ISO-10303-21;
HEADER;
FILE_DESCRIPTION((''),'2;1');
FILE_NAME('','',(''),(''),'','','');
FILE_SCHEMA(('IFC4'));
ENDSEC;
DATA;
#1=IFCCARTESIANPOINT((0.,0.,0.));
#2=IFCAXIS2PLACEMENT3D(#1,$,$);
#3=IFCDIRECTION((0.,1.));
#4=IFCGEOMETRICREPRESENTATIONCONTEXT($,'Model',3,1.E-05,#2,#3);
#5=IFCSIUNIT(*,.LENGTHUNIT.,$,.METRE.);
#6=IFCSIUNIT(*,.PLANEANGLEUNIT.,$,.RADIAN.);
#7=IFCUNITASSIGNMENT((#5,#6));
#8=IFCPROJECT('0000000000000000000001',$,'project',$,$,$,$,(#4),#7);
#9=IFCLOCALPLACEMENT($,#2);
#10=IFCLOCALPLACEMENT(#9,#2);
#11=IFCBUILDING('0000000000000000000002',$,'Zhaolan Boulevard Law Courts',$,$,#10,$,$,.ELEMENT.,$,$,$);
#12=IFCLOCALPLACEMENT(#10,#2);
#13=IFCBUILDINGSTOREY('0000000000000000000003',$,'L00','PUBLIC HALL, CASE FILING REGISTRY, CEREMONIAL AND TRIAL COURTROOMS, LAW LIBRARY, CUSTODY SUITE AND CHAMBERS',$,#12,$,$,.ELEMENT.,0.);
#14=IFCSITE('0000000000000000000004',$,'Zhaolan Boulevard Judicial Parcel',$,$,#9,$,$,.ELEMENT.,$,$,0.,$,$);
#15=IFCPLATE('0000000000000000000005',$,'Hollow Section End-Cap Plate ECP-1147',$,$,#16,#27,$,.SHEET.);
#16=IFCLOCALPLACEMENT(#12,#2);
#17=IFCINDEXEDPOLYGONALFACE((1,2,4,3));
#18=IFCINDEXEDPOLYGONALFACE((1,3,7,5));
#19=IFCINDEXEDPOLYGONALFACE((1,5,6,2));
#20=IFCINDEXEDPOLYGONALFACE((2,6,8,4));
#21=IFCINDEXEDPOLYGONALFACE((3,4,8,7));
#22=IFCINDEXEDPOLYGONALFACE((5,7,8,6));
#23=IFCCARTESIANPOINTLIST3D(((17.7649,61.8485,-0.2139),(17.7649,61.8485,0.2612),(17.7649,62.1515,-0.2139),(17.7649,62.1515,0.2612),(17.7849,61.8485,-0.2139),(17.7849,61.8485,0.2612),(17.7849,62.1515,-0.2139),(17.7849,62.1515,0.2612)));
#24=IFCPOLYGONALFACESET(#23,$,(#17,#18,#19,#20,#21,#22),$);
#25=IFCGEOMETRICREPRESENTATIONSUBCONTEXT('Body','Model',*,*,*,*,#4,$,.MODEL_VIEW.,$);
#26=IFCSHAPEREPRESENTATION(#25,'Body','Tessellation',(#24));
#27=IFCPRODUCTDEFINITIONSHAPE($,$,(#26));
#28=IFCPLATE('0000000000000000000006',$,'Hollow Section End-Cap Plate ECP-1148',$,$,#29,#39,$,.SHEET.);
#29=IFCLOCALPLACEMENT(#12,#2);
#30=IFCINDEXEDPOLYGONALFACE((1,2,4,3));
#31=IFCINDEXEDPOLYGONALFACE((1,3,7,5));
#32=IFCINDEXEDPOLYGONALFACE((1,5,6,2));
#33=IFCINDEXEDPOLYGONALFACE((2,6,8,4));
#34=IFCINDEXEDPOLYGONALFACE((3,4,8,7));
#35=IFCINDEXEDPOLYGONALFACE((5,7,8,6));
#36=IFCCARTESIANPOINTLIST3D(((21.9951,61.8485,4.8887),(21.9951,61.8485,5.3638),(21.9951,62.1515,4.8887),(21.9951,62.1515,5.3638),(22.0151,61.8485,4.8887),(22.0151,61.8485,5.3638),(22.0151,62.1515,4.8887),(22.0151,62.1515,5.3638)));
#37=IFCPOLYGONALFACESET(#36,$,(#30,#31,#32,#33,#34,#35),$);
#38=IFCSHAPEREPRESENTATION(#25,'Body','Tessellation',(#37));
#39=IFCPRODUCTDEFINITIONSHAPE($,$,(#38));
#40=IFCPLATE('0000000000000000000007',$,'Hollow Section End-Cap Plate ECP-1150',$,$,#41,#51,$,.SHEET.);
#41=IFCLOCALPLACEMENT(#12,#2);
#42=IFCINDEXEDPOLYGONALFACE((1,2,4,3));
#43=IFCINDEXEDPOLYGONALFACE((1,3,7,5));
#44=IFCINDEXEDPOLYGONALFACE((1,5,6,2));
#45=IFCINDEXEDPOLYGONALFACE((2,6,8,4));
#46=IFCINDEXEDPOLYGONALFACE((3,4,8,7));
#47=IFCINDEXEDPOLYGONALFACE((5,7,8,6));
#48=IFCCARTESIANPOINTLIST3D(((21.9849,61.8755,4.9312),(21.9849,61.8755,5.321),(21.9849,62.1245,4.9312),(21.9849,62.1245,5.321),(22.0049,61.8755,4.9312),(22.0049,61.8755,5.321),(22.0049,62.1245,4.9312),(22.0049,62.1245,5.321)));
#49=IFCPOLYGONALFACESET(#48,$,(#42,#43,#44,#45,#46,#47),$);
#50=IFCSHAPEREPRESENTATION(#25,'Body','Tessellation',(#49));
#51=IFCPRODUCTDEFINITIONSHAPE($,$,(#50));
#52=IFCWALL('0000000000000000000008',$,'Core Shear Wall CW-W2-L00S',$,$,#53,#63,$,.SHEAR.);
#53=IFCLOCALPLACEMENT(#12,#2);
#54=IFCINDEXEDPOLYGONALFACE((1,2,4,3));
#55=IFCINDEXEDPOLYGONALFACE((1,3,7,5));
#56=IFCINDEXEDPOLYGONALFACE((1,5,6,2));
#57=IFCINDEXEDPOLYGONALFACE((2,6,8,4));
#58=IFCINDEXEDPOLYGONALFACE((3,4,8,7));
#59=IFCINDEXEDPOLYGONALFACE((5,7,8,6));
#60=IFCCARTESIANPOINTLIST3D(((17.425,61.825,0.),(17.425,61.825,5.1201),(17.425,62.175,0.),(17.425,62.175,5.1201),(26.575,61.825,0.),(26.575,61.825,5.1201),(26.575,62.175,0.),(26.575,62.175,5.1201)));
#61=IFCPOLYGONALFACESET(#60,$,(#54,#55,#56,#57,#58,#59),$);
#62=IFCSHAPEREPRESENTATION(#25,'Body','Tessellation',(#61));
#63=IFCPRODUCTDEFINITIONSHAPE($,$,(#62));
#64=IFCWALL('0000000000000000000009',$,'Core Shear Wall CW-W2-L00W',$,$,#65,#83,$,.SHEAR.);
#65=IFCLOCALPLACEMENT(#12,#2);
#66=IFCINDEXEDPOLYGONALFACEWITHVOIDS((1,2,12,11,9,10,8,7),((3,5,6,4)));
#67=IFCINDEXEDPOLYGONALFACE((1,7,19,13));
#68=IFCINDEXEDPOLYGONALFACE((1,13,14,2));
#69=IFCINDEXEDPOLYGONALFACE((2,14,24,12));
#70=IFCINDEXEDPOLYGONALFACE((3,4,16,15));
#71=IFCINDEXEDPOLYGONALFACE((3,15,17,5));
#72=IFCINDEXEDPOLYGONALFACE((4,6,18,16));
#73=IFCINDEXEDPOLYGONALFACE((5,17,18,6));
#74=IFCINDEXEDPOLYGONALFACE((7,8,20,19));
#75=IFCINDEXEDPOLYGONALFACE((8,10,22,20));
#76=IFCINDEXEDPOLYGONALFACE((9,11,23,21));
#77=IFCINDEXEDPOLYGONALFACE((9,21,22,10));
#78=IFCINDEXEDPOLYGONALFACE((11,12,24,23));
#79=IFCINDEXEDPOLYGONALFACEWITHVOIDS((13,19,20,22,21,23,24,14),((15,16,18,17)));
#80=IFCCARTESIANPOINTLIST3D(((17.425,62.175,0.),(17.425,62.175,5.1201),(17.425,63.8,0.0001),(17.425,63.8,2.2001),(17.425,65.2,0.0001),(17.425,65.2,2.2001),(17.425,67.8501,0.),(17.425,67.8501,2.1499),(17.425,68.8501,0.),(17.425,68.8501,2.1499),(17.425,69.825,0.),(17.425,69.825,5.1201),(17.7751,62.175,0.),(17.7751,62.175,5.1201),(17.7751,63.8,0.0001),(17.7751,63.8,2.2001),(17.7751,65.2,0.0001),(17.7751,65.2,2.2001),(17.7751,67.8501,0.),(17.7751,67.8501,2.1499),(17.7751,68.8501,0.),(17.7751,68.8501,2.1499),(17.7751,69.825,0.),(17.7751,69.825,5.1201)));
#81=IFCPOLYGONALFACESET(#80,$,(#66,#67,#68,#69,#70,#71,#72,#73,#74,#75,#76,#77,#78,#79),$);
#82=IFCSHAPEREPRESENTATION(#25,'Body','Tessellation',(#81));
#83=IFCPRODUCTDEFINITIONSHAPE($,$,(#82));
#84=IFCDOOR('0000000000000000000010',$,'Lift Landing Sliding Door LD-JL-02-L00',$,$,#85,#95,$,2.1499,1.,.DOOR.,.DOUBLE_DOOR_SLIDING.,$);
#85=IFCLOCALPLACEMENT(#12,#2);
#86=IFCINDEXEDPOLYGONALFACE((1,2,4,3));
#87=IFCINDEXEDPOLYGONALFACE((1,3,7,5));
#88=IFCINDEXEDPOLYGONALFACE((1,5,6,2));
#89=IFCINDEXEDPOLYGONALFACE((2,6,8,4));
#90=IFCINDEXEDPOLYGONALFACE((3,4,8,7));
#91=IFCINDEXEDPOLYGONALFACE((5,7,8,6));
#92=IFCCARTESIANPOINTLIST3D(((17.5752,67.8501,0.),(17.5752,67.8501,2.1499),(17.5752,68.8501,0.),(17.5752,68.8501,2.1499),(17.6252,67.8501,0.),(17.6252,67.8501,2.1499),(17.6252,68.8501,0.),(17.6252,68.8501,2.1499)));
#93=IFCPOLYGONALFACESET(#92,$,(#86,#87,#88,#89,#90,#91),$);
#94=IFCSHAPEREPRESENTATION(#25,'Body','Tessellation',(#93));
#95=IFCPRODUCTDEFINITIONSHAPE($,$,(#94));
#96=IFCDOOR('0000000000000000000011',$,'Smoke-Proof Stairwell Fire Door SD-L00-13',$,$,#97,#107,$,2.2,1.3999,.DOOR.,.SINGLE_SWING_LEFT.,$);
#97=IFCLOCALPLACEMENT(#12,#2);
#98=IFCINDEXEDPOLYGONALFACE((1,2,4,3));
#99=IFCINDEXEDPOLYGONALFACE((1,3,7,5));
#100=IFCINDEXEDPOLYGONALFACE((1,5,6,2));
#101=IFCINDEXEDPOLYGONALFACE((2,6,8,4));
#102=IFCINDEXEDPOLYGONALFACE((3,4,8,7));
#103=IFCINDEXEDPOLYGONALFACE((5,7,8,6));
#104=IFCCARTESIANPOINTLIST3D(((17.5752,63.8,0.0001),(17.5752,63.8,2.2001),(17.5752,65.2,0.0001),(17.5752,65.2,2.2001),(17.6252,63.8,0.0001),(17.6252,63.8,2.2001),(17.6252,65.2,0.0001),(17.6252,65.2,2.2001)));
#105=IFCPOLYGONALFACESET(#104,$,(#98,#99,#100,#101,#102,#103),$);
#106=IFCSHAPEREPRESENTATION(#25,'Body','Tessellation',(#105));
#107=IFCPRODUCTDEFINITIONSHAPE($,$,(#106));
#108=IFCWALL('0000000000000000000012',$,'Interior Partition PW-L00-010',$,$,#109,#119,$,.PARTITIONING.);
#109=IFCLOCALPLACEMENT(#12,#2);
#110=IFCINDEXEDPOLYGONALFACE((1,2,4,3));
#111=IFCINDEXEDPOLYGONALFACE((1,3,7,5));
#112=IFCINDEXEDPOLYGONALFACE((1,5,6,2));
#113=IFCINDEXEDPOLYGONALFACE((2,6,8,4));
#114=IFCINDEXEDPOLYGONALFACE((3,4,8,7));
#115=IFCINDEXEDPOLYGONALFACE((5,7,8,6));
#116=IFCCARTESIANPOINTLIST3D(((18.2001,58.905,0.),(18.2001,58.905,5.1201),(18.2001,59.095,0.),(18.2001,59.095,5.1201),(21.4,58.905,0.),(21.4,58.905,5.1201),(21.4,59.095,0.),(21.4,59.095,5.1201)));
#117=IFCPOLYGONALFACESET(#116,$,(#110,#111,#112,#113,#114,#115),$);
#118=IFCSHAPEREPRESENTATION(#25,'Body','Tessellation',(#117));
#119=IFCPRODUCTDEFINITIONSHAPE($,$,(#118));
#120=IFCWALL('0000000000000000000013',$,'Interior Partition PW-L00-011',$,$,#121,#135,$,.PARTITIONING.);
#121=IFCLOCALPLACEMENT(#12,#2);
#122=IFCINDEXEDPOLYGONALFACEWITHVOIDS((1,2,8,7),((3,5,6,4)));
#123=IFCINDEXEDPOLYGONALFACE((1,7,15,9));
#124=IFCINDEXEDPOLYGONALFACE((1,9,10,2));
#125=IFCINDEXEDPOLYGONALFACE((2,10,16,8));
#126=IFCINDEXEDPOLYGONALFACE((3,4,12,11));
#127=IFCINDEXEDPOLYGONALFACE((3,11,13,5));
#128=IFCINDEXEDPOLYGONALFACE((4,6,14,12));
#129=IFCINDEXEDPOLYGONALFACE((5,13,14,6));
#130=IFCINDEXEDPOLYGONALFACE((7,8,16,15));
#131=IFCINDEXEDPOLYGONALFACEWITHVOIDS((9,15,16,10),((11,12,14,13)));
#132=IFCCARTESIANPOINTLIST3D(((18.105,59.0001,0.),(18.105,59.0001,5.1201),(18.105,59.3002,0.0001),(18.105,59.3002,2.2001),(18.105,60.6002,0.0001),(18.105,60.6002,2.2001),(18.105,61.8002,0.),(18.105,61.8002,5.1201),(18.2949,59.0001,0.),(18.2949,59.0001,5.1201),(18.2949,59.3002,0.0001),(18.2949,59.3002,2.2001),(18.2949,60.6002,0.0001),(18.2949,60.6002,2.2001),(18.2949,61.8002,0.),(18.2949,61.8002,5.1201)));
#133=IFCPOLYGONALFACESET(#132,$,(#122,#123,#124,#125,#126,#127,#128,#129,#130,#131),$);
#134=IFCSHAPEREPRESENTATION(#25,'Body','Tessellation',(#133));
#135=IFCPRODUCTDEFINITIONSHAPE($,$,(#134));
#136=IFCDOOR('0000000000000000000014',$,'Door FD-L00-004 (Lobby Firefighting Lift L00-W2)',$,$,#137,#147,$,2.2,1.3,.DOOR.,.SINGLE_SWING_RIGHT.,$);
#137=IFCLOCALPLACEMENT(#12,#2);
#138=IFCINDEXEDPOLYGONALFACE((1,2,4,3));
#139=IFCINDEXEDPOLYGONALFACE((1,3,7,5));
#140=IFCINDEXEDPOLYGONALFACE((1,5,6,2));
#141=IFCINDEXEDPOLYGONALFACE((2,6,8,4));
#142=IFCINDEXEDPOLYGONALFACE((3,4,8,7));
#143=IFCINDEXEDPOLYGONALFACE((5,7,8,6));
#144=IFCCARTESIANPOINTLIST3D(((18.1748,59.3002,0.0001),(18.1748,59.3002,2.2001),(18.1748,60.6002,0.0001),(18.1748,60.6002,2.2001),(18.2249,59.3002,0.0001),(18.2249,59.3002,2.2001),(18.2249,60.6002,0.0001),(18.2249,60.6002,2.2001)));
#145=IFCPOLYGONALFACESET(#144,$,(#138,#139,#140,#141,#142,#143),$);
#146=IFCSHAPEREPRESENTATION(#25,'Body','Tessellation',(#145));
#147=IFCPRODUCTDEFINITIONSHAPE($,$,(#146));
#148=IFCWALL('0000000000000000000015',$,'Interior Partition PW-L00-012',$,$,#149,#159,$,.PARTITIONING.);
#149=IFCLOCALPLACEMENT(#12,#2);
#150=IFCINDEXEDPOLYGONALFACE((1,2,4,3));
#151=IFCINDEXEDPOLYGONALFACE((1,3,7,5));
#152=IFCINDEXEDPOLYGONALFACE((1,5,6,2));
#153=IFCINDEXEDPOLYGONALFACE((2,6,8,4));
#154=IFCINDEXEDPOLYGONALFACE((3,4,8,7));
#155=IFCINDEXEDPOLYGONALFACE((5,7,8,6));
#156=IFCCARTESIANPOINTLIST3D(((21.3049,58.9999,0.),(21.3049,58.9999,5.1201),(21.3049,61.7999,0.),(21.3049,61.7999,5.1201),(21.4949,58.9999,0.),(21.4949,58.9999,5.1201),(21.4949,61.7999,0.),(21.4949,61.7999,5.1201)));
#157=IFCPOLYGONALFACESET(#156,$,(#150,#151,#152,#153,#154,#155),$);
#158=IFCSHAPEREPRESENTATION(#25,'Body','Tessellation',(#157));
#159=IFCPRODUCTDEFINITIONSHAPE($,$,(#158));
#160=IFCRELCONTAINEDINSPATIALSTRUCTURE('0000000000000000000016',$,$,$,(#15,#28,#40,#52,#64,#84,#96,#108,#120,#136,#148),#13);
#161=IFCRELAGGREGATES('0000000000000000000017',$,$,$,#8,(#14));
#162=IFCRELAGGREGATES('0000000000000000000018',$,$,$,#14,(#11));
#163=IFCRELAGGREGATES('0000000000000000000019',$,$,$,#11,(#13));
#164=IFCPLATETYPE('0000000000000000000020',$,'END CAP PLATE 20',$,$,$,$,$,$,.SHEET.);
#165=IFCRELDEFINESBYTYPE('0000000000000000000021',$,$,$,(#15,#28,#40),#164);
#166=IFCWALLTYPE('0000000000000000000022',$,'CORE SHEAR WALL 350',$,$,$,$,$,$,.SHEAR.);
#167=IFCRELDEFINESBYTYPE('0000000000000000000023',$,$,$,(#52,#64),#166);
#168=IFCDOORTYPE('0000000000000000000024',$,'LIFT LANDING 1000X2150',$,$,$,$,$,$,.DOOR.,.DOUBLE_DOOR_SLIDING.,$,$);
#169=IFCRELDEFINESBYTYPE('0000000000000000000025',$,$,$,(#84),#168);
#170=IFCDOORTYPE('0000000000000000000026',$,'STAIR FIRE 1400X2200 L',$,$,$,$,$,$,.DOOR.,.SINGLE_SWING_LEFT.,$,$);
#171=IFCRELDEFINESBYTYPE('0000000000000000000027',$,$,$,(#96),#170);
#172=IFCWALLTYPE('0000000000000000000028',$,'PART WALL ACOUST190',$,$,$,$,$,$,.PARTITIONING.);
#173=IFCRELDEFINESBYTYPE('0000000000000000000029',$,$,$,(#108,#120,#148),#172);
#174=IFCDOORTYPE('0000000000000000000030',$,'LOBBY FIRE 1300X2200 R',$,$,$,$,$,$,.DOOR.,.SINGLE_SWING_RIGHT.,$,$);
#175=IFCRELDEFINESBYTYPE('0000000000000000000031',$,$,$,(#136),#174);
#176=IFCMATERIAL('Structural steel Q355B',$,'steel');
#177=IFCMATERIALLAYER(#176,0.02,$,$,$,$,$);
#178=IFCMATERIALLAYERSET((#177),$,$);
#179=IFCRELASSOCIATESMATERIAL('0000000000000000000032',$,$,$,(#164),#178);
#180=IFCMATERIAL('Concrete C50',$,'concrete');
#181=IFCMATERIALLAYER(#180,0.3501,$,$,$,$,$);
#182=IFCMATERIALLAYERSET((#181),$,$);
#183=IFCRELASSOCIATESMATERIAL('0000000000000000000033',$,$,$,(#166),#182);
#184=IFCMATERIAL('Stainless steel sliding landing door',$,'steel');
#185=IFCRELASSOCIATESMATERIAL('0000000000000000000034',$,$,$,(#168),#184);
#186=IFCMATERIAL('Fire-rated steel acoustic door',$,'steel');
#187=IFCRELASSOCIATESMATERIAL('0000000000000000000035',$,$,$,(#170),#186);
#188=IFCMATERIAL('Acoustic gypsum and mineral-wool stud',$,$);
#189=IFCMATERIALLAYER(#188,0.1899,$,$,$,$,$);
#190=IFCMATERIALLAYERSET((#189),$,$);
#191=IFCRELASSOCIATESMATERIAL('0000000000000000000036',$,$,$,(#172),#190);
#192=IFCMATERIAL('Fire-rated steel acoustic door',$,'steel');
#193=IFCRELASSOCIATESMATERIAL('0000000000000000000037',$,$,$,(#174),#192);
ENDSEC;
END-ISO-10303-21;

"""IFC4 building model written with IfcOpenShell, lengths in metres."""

from ifc_helpers import new_model, si_unit, direction, frame, frame_2d, origin, origin_2d, place, context, subcontext, project, spatial, rectangle, extrude, material, layer, layer_set, type_object, element, fill, save


model = new_model("IFC4")

# Units and contexts
model_context = context("Model", 3, precision=1e-05, world=origin(), true_north=direction((0.0, 1.0)))
body_context = subcontext(model_context, "Body", "Model", "MODEL_VIEW")
ifc_project = project(units=[si_unit("LENGTHUNIT", "METRE"), si_unit("PLANEANGLEUNIT", "RADIAN")], contexts=[model_context])

# Site, building, storey
site_placement = place(None, origin())
site = spatial("IfcSite", under=ifc_project, at=site_placement, Name="Zhaolan Boulevard Judicial Parcel", CompositionType="ELEMENT", RefElevation=0.0)
building_placement = place(site_placement, origin())
building = spatial("IfcBuilding", under=site, at=building_placement, Name="Zhaolan Boulevard Law Courts", CompositionType="ELEMENT")
storey_placement = place(building_placement, origin())
storey = spatial("IfcBuildingStorey", under=building, at=storey_placement, Name="L00", Description="PUBLIC HALL, CASE FILING REGISTRY, CEREMONIAL AND TRIAL COURTROOMS, LAW LIBRARY, CUSTODY SUITE AND CHAMBERS", CompositionType="ELEMENT", Elevation=0.0)

# Plates
ifc_material_1 = material(Name="Structural steel Q355B", Category="steel")
ifc_layer_1 = layer(ifc_material_1, 0.02)
ifc_layer_set_1 = layer_set([ifc_layer_1])
plate_type_1 = type_object("IfcPlateType", Name="END CAP PLATE 20", PredefinedType="SHEET", material=ifc_layer_set_1)
for number, where, z_axis, x_axis, name in (
    (1, (17.7749, 62.0, -0.2139), (0.0, 0.0, 1.0), (1.0, 0.0, 0.0), "Hollow Section End-Cap Plate ECP-1147"),
    (2, (22.0051, 62.0, 4.8887), (0.0, 0.0, 1.0), (1.0, 0.0, 0.0), "Hollow Section End-Cap Plate ECP-1148"),
):
    element("IfcPlate", number, at=place(storey_placement, frame(where, z_axis=z_axis, x_axis=x_axis)), inside=storey, type_object=plate_type_1, Name=name, PredefinedType="SHEET", context=body_context, shape_type="SweptSolid", body=[
        extrude(rectangle(XDim=0.02, YDim=0.303, at=origin_2d()), origin(), (0.0, 0.0, 1.0), 0.4751),
    ])
plate_placement = place(storey_placement, frame((21.9949, 62.0, 4.9312), z_axis=(0.0, 0.0, 1.0), x_axis=(-1.0, 0.0, 0.0)))
element("IfcPlate", 3, at=plate_placement, inside=storey, type_object=plate_type_1, Name="Hollow Section End-Cap Plate ECP-1150", PredefinedType="SHEET", context=body_context, shape_type="SweptSolid", body=[
    extrude(rectangle(XDim=0.02, YDim=0.249, at=origin_2d()), origin(), (0.0, 0.0, 1.0), 0.3899),
])

# Wall
ifc_material_2 = material(Name="Concrete C50", Category="concrete")
ifc_layer_2 = layer(ifc_material_2, 0.3501)
ifc_layer_set_2 = layer_set([ifc_layer_2])
wall_type_1 = type_object("IfcWallType", Name="CORE SHEAR WALL 350", PredefinedType="SHEAR", material=ifc_layer_set_2)
wall_1_placement = place(storey_placement, frame((17.425, 62.0, 0.0), z_axis=(0.0, 0.0, 1.0), x_axis=(1.0, 0.0, 0.0)))
element("IfcWall", 4, at=wall_1_placement, inside=storey, type_object=wall_type_1, Name="Core Shear Wall CW-W2-L00S", PredefinedType="SHEAR", context=body_context, shape_type="SweptSolid", body=[
    extrude(rectangle(XDim=9.1499, YDim=0.3501, at=frame_2d((4.575, 0.0))), origin(), (0.0, 0.0, 1.0), 5.1201),
])

# Wall, openings, doors
wall_2_placement = place(storey_placement, frame((17.6001, 62.175, 0.0), z_axis=(0.0, 0.0, 1.0), x_axis=(0.0, 1.0, 0.0)))
wall_2 = element("IfcWall", 5, at=wall_2_placement, inside=storey, type_object=wall_type_1, Name="Core Shear Wall CW-W2-L00W", PredefinedType="SHEAR", context=body_context, shape_type="SweptSolid", body=[
    extrude(rectangle(XDim=7.6499, YDim=0.3501, at=frame_2d((3.825, 0.0))), origin(), (0.0, 0.0, 1.0), 5.1201),
])
opening_1_placement = place(wall_2_placement, frame((1.625, 0.0, 0.0)))
opening_1 = element("IfcOpeningElement", 6, at=opening_1_placement, cuts=wall_2, PredefinedType="OPENING", context=body_context, shape_type="SweptSolid", body=[
    extrude(rectangle(XDim=1.3999, YDim=2.2, at=frame_2d((0.7, 1.1001))), frame((0.0, 0.1851, 0.0), z_axis=(0.0, -1.0, 0.0), x_axis=(1.0, 0.0, 0.0)), (0.0, 0.0, 1.0), 0.3701),
])
opening_2_placement = place(wall_2_placement, frame((5.675, 0.0, 0.0)))
opening_2 = element("IfcOpeningElement", 7, at=opening_2_placement, cuts=wall_2, PredefinedType="OPENING", context=body_context, shape_type="SweptSolid", body=[
    extrude(rectangle(XDim=1.0, YDim=2.1499, at=frame_2d((0.5, 1.075))), frame((0.0, 0.1851, 0.0), z_axis=(0.0, -1.0, 0.0), x_axis=(1.0, 0.0, 0.0)), (0.0, 0.0, 1.0), 0.3701),
])
ifc_material_3 = material(Name="Stainless steel sliding landing door", Category="steel")
door_type_1 = type_object("IfcDoorType", Name="LIFT LANDING 1000X2150", OperationType="DOUBLE_DOOR_SLIDING", PredefinedType="DOOR", material=ifc_material_3)
door_1_placement = place(opening_2_placement, origin())
door_1 = element("IfcDoor", 8, at=door_1_placement, inside=storey, type_object=door_type_1, Name="Lift Landing Sliding Door LD-JL-02-L00", OperationType="DOUBLE_DOOR_SLIDING", OverallHeight=2.1499, OverallWidth=1.0, PredefinedType="DOOR", context=body_context, shape_type="SweptSolid", body=[
    extrude(rectangle(XDim=1.0, YDim=2.1499, at=frame_2d((0.5, 1.075))), frame((0.0, 0.0249, 0.0), z_axis=(0.0, -1.0, 0.0), x_axis=(1.0, 0.0, 0.0)), (0.0, 0.0, 1.0), 0.05),
])
fill(opening_2, door_1)
ifc_material_4 = material(Name="Fire-rated steel acoustic door", Category="steel")
door_type_2 = type_object("IfcDoorType", Name="STAIR FIRE 1400X2200 L", OperationType="SINGLE_SWING_LEFT", PredefinedType="DOOR", material=ifc_material_4)
door_2_placement = place(opening_1_placement, origin())
door_2 = element("IfcDoor", 9, at=door_2_placement, inside=storey, type_object=door_type_2, Name="Smoke-Proof Stairwell Fire Door SD-L00-13", OperationType="SINGLE_SWING_LEFT", OverallHeight=2.2, OverallWidth=1.3999, PredefinedType="DOOR", context=body_context, shape_type="SweptSolid", body=[
    extrude(rectangle(XDim=1.3999, YDim=2.2, at=frame_2d((0.7, 1.1001))), frame((0.0, 0.0249, 0.0), z_axis=(0.0, -1.0, 0.0), x_axis=(1.0, 0.0, 0.0)), (0.0, 0.0, 1.0), 0.05),
])
fill(opening_1, door_2)

# Wall
ifc_material_5 = material(Name="Acoustic gypsum and mineral-wool stud")
ifc_layer_3 = layer(ifc_material_5, 0.1899)
ifc_layer_set_3 = layer_set([ifc_layer_3])
wall_type_2 = type_object("IfcWallType", Name="PART WALL ACOUST190", PredefinedType="PARTITIONING", material=ifc_layer_set_3)
wall_3_placement = place(storey_placement, frame((18.2, 59.0, 0.0), z_axis=(0.0, 0.0, 1.0), x_axis=(1.0, 0.0, 0.0)))
element("IfcWall", 10, at=wall_3_placement, inside=storey, type_object=wall_type_2, Name="Interior Partition PW-L00-010", PredefinedType="PARTITIONING", context=body_context, shape_type="SweptSolid", body=[
    extrude(rectangle(XDim=3.2, YDim=0.1899, at=frame_2d((1.6001, 0.0))), origin(), (0.0, 0.0, 1.0), 5.1201),
])

# Wall, opening, door
wall_4_placement = place(storey_placement, frame((18.2, 61.8, 0.0), z_axis=(0.0, 0.0, 1.0), x_axis=(0.0, -1.0, 0.0)))
wall_4 = element("IfcWall", 11, at=wall_4_placement, inside=storey, type_object=wall_type_2, Name="Interior Partition PW-L00-011", PredefinedType="PARTITIONING", context=body_context, shape_type="SweptSolid", body=[
    extrude(rectangle(XDim=2.8, YDim=0.1899, at=frame_2d((1.3999, 0.0))), origin(), (0.0, 0.0, 1.0), 5.1201),
])
opening_3_placement = place(wall_4_placement, frame((1.2, 0.0, 0.0)))
opening_3 = element("IfcOpeningElement", 12, at=opening_3_placement, cuts=wall_4, PredefinedType="OPENING", context=body_context, shape_type="SweptSolid", body=[
    extrude(rectangle(XDim=1.3, YDim=2.2, at=frame_2d((0.6499, 1.1001))), frame((0.0, 0.105, 0.0), z_axis=(0.0, -1.0, 0.0), x_axis=(1.0, 0.0, 0.0)), (0.0, 0.0, 1.0), 0.21),
])
ifc_material_6 = material(Name="Fire-rated steel acoustic door", Category="steel")
door_type_3 = type_object("IfcDoorType", Name="LOBBY FIRE 1300X2200 R", OperationType="SINGLE_SWING_RIGHT", PredefinedType="DOOR", material=ifc_material_6)
door_3_placement = place(opening_3_placement, origin())
door_3 = element("IfcDoor", 13, at=door_3_placement, inside=storey, type_object=door_type_3, Name="Door FD-L00-004 (Lobby Firefighting Lift L00-W2)", OperationType="SINGLE_SWING_RIGHT", OverallHeight=2.2, OverallWidth=1.3, PredefinedType="DOOR", context=body_context, shape_type="SweptSolid", body=[
    extrude(rectangle(XDim=1.3, YDim=2.2, at=frame_2d((0.6499, 1.1001))), frame((0.0, 0.0249, 0.0), z_axis=(0.0, -1.0, 0.0), x_axis=(1.0, 0.0, 0.0)), (0.0, 0.0, 1.0), 0.05),
])
fill(opening_3, door_3)

# Wall
wall_5_placement = place(storey_placement, frame((21.3999, 59.0, 0.0), z_axis=(0.0, 0.0, 1.0), x_axis=(0.0, 1.0, 0.0)))
element("IfcWall", 14, at=wall_5_placement, inside=storey, type_object=wall_type_2, Name="Interior Partition PW-L00-012", PredefinedType="PARTITIONING", context=body_context, shape_type="SweptSolid", body=[
    extrude(rectangle(XDim=2.8, YDim=0.1899, at=frame_2d((1.3999, 0.0))), origin(), (0.0, 0.0, 1.0), 5.1201),
])

save(model, "model.ifc")
